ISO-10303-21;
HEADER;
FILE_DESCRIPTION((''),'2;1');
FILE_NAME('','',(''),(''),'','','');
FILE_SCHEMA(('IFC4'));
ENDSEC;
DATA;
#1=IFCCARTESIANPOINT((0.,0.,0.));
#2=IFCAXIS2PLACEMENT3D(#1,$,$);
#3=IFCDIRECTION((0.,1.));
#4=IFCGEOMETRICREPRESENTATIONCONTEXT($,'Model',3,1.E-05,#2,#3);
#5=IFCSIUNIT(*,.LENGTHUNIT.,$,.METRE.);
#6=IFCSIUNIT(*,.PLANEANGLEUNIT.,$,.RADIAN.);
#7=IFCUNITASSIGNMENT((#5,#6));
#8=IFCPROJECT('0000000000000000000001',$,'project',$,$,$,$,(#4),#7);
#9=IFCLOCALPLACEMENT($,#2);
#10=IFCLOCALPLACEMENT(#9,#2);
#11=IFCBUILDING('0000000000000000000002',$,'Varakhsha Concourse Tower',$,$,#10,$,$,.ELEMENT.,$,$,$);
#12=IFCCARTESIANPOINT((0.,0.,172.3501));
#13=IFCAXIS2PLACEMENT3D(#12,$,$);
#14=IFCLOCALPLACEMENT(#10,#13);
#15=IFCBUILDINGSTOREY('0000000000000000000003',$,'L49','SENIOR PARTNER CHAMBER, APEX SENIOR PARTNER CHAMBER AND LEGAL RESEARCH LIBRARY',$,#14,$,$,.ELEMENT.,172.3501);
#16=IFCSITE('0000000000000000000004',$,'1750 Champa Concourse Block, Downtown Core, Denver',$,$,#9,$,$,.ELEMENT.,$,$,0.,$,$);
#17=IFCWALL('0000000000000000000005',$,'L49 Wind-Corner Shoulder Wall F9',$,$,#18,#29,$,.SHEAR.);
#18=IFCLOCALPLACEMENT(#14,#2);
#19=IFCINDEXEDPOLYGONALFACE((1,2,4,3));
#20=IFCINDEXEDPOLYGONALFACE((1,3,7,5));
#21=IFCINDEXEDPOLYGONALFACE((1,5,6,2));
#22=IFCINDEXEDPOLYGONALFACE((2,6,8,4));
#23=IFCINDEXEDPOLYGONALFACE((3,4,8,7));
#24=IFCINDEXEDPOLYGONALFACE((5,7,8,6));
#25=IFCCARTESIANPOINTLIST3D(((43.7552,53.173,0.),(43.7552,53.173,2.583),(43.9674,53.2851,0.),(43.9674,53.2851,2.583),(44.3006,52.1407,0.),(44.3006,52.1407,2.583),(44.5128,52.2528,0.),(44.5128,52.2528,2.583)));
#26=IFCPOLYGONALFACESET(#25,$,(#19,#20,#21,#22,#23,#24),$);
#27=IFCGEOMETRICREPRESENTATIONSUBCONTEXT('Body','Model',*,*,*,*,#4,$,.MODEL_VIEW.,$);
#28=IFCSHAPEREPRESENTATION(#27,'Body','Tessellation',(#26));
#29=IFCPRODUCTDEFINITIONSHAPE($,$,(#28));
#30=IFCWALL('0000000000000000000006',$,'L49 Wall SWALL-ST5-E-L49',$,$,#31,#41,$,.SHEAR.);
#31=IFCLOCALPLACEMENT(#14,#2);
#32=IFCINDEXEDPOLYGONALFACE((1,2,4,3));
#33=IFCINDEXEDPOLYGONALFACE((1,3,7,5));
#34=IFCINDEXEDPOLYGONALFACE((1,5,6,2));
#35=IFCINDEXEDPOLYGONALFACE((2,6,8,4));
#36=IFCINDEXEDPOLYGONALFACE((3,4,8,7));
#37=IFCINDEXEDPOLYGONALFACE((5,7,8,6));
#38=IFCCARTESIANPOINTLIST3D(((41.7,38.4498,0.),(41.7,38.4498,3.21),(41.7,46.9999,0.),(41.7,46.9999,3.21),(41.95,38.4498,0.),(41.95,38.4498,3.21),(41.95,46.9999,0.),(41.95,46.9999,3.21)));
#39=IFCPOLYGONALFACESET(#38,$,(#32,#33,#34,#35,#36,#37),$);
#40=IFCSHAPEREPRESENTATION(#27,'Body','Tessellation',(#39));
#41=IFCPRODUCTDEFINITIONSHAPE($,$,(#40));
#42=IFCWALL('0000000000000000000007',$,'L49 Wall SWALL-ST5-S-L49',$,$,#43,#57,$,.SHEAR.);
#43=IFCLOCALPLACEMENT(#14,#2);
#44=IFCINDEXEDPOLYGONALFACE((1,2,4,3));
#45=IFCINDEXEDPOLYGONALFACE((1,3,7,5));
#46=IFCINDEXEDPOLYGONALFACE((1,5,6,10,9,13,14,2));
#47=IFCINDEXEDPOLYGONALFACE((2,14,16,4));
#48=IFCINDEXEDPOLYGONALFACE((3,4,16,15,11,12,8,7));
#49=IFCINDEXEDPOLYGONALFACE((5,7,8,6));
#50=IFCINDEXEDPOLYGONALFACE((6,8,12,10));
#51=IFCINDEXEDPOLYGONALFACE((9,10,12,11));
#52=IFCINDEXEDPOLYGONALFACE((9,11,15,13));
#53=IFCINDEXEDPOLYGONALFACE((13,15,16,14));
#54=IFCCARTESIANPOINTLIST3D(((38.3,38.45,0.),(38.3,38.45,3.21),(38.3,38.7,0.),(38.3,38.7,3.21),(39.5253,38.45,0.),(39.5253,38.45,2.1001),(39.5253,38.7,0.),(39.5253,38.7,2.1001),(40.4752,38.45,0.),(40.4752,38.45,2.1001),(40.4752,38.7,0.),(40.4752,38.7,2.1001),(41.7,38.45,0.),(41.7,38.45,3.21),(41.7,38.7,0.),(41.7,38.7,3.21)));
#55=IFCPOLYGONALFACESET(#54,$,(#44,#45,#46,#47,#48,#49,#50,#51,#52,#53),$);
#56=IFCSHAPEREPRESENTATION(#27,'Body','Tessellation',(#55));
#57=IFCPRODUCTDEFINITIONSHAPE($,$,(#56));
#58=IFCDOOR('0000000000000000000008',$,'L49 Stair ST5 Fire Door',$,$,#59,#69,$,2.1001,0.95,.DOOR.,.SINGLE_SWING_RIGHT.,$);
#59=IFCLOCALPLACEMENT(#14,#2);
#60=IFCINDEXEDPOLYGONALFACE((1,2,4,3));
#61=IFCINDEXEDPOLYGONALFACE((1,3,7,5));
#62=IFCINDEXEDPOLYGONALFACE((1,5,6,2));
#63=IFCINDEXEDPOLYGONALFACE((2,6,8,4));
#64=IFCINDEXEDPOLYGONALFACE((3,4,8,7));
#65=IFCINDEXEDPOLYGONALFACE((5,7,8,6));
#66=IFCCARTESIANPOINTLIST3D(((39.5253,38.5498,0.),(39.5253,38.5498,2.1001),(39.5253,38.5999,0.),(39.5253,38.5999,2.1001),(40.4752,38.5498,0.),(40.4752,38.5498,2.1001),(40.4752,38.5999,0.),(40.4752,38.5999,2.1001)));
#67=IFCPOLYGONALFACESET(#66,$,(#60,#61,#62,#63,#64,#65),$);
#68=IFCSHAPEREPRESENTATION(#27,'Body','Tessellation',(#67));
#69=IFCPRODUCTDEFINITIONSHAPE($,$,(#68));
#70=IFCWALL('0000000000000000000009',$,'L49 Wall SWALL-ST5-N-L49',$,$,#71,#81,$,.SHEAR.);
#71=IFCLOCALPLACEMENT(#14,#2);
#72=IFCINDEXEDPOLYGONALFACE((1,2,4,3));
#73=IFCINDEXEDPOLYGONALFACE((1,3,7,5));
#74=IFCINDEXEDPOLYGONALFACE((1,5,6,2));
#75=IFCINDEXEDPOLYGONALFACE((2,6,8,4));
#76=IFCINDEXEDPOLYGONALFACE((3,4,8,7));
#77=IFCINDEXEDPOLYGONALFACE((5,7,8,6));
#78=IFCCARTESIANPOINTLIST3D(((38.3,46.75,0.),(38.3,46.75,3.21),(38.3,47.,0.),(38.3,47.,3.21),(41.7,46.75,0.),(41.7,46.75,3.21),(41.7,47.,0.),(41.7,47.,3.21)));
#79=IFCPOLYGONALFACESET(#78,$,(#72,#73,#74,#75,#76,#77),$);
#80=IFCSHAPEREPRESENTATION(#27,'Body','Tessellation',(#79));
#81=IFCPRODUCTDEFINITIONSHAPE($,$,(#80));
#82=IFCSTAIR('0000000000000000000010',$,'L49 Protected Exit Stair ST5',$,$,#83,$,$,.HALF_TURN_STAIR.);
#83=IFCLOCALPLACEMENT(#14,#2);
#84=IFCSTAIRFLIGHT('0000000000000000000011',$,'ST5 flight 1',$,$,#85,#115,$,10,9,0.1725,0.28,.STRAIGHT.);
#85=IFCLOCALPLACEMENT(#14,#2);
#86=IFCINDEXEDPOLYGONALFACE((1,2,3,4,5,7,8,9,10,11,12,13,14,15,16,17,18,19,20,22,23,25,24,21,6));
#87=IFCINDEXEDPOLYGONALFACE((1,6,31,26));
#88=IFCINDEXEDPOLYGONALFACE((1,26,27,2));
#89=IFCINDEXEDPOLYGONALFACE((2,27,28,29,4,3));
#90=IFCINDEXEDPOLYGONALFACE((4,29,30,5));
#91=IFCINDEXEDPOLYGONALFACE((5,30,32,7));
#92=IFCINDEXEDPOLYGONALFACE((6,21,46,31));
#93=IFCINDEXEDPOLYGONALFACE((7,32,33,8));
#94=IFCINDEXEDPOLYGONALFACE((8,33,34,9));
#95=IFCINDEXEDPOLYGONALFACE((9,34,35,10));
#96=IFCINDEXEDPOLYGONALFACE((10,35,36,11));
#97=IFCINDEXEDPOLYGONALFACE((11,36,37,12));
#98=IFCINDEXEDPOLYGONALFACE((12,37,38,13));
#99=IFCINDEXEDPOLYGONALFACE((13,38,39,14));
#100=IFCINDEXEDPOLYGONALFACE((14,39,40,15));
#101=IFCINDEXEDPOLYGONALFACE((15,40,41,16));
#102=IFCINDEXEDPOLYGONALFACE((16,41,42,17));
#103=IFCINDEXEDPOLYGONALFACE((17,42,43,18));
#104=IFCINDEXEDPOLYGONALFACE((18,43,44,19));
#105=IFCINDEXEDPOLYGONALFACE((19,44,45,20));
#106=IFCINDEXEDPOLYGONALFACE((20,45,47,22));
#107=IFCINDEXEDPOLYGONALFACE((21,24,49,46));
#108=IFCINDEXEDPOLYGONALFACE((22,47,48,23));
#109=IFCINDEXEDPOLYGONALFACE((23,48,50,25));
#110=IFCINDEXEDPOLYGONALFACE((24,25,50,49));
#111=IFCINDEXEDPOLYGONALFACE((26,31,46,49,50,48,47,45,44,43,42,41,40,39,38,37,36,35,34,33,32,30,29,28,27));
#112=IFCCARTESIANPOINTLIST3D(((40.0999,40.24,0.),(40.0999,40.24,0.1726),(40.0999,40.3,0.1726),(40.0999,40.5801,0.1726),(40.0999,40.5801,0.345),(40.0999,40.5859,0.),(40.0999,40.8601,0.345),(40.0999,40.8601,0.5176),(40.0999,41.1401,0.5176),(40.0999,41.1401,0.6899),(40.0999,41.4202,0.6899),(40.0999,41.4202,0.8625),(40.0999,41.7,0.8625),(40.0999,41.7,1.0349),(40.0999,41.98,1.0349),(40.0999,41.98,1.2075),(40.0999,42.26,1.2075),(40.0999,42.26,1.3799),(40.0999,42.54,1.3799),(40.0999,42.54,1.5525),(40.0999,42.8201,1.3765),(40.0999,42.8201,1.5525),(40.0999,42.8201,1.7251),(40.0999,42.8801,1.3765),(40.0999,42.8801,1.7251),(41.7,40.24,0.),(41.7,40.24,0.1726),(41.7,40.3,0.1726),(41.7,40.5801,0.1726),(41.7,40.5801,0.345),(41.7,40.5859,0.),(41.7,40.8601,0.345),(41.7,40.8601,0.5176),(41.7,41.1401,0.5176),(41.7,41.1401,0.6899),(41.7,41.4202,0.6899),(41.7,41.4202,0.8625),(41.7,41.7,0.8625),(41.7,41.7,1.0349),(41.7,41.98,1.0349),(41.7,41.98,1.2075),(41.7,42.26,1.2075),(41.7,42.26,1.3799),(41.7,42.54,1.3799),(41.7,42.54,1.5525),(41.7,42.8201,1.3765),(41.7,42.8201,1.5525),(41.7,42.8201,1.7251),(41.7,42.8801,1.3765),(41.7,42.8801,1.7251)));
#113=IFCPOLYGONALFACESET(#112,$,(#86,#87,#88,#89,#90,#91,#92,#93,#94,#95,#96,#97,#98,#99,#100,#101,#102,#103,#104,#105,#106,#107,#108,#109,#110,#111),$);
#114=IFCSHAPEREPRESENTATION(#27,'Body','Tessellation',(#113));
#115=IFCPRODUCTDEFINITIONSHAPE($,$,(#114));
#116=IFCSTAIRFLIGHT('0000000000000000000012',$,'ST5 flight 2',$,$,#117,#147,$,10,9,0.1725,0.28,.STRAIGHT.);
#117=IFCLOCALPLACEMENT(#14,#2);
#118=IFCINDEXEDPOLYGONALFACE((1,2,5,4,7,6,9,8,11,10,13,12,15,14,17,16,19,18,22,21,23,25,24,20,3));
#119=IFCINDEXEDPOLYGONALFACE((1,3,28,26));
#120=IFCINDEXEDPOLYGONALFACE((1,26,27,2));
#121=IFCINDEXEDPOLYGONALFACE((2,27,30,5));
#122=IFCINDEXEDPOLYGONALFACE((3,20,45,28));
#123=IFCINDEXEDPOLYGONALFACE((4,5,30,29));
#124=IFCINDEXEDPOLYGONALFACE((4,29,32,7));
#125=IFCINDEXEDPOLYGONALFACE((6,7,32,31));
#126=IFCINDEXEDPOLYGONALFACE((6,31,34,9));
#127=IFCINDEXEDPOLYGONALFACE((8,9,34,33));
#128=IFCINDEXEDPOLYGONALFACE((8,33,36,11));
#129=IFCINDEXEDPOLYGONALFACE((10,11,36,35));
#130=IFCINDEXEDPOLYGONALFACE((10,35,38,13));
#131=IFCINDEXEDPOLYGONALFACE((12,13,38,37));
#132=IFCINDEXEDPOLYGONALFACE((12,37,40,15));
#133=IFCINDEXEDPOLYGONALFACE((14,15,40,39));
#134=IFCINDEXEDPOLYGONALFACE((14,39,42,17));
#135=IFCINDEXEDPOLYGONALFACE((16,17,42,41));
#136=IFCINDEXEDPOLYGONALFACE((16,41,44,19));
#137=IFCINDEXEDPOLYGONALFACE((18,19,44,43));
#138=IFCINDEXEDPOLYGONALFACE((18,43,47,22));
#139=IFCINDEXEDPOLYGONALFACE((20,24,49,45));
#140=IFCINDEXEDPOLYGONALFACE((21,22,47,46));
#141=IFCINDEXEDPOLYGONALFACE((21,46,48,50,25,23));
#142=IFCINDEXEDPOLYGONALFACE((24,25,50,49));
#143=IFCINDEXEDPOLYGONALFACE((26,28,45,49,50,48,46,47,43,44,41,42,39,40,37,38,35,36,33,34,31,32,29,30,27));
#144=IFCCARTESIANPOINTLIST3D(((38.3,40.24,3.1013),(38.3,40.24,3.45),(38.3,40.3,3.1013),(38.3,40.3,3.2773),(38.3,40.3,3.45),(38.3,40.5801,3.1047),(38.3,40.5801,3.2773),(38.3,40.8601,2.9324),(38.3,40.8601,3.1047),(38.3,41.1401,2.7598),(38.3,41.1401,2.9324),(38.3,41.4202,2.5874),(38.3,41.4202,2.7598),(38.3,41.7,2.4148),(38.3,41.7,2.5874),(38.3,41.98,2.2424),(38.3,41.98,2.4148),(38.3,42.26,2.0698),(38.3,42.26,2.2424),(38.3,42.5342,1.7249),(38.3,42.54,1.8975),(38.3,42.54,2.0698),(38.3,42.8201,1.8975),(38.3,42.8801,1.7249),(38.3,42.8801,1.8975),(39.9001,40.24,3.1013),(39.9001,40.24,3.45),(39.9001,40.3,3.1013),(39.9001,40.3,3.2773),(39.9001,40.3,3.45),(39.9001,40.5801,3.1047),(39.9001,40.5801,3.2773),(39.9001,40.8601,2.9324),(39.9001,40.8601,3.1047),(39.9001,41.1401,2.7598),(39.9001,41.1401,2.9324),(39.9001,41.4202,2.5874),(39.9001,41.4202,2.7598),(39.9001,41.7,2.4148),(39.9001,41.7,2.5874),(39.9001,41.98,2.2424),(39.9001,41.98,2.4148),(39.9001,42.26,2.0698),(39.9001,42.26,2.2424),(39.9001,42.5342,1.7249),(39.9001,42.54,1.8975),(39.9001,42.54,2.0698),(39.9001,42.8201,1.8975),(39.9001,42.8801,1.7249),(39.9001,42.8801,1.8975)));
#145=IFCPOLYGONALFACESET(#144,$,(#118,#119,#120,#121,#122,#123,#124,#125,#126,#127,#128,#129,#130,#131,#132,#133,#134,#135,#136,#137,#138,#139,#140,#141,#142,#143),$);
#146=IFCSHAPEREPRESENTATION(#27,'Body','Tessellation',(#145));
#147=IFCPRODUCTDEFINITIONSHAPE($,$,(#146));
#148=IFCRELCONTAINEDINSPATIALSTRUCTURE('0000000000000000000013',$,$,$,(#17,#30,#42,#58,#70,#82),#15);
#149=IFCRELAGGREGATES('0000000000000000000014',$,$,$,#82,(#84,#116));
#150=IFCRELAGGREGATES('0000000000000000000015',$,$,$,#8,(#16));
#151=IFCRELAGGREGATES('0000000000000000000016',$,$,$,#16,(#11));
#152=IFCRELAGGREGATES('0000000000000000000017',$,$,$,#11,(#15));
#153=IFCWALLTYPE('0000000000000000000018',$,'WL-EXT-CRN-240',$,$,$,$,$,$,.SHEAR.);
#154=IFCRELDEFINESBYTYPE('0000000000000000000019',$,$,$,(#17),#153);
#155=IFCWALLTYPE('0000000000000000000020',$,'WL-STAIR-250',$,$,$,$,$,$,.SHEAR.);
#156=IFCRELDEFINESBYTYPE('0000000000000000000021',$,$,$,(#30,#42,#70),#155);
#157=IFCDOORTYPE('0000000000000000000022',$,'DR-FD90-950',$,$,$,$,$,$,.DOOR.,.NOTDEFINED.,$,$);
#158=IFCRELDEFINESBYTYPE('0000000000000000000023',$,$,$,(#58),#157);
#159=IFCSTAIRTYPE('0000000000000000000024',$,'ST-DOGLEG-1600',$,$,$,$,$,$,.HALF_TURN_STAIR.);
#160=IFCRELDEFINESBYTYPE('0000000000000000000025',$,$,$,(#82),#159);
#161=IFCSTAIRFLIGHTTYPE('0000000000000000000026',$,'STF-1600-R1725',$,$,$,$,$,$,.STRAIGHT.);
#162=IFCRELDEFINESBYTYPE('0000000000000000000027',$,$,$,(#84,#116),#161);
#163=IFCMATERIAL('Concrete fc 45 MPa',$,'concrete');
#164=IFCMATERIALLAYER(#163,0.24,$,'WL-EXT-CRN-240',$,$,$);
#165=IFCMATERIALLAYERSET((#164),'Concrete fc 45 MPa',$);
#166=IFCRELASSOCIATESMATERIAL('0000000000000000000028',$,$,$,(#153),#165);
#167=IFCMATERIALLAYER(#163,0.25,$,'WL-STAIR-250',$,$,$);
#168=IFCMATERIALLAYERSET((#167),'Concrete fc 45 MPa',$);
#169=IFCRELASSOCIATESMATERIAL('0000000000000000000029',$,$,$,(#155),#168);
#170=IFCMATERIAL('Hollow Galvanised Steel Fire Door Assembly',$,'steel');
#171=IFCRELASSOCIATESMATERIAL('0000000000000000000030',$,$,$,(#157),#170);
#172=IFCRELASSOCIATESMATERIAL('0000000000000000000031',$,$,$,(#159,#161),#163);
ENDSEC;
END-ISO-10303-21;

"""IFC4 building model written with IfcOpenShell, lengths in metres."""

from ifc_helpers import new_model, si_unit, direction, frame, frame_2d, origin, place, context, subcontext, project, spatial, polyline, rectangle, outline, extrude, material, layer, layer_set, type_object, element, fill, aggregate, save


model = new_model("IFC4")

# Units and contexts
model_context = context("Model", 3, precision=1e-05, world=origin(), true_north=direction((0.0, 1.0)))
body_context = subcontext(model_context, "Body", "Model", "MODEL_VIEW")
ifc_project = project(units=[si_unit("LENGTHUNIT", "METRE"), si_unit("PLANEANGLEUNIT", "RADIAN")], contexts=[model_context])

# Site, building, storey
site_placement = place(None, origin())
site = spatial("IfcSite", under=ifc_project, at=site_placement, Name="1750 Champa Concourse Block, Downtown Core, Denver", CompositionType="ELEMENT", RefElevation=0.0)
building_placement = place(site_placement, origin())
building = spatial("IfcBuilding", under=site, at=building_placement, Name="Varakhsha Concourse Tower", CompositionType="ELEMENT")
storey_placement = place(building_placement, frame((0.0, 0.0, 172.3501)))
storey = spatial("IfcBuildingStorey", under=building, at=storey_placement, Name="L49", Description="SENIOR PARTNER CHAMBER, APEX SENIOR PARTNER CHAMBER AND LEGAL RESEARCH LIBRARY", CompositionType="ELEMENT", Elevation=172.3501)

# Walls
ifc_material_1 = material(Name="Concrete fc 45 MPa", Category="concrete")
ifc_layer_1 = layer(ifc_material_1, 0.24, Name="WL-EXT-CRN-240")
ifc_layer_set_1 = layer_set([ifc_layer_1], Name="Concrete fc 45 MPa")
wall_type_1 = type_object("IfcWallType", Name="WL-EXT-CRN-240", PredefinedType="SHEAR", material=ifc_layer_set_1)
wall_1_placement = place(storey_placement, frame((44.4067, 52.1968, 0.0), z_axis=(0.0, 0.0, 1.0), x_axis=(-0.467177, 0.884164, 0.0)))
element("IfcWall", 1, at=wall_1_placement, inside=storey, type_object=wall_type_1, Name="L49 Wind-Corner Shoulder Wall F9", PredefinedType="SHEAR", context=body_context, shape_type="SweptSolid", body=[
    extrude(rectangle(XDim=1.1675, YDim=0.24, at=frame_2d((0.5837, 0.0))), origin(), (0.0, 0.0, 1.0), 2.583),
])
ifc_layer_2 = layer(ifc_material_1, 0.25, Name="WL-STAIR-250")
ifc_layer_set_2 = layer_set([ifc_layer_2], Name="Concrete fc 45 MPa")
wall_type_2 = type_object("IfcWallType", Name="WL-STAIR-250", PredefinedType="SHEAR", material=ifc_layer_set_2)
wall_2_placement = place(storey_placement, frame((41.825, 38.45, 0.0), z_axis=(0.0, 0.0, 1.0), x_axis=(0.0, 1.0, 0.0)))
element("IfcWall", 2, at=wall_2_placement, inside=storey, type_object=wall_type_2, Name="L49 Wall SWALL-ST5-E-L49", PredefinedType="SHEAR", context=body_context, shape_type="SweptSolid", body=[
    extrude(rectangle(XDim=8.55, YDim=0.25, at=frame_2d((4.2749, 0.0))), origin(), (0.0, 0.0, 1.0), 3.21),
])

# Wall, opening, door
wall_3_placement = place(storey_placement, frame((38.3, 38.575, 0.0), z_axis=(0.0, 0.0, 1.0), x_axis=(1.0, 0.0, 0.0)))
wall_3 = element("IfcWall", 3, at=wall_3_placement, inside=storey, type_object=wall_type_2, Name="L49 Wall SWALL-ST5-S-L49", PredefinedType="SHEAR", context=body_context, shape_type="SweptSolid", body=[
    extrude(rectangle(XDim=3.3999, YDim=0.25, at=frame_2d((1.7, 0.0))), origin(), (0.0, 0.0, 1.0), 3.21),
])
opening_placement = place(wall_3_placement, frame((1.2251, 0.0, 0.0)))
opening = element("IfcOpeningElement", 4, at=opening_placement, cuts=wall_3, PredefinedType="OPENING", context=body_context, shape_type="SweptSolid", body=[
    extrude(rectangle(XDim=0.95, YDim=2.1001, at=frame_2d((0.4751, 1.05))), frame((0.0, 0.135, 0.0), z_axis=(0.0, -1.0, 0.0), x_axis=(1.0, 0.0, 0.0)), (0.0, 0.0, 1.0), 0.27),
])
ifc_material_2 = material(Name="Hollow Galvanised Steel Fire Door Assembly", Category="steel")
door_type = type_object("IfcDoorType", Name="DR-FD90-950", OperationType="NOTDEFINED", PredefinedType="DOOR", material=ifc_material_2)
door_placement = place(opening_placement, origin())
door = element("IfcDoor", 5, at=door_placement, inside=storey, type_object=door_type, Name="L49 Stair ST5 Fire Door", OperationType="SINGLE_SWING_RIGHT", OverallHeight=2.1001, OverallWidth=0.95, PredefinedType="DOOR", context=body_context, shape_type="SweptSolid", body=[
    extrude(rectangle(XDim=0.95, YDim=2.1001, at=frame_2d((0.4751, 1.05))), frame((0.0, 0.0249, 0.0), z_axis=(0.0, -1.0, 0.0), x_axis=(1.0, 0.0, 0.0)), (0.0, 0.0, 1.0), 0.05),
])
fill(opening, door)

# Wall
wall_4_placement = place(storey_placement, frame((38.3, 46.875, 0.0), z_axis=(0.0, 0.0, 1.0), x_axis=(1.0, 0.0, 0.0)))
element("IfcWall", 6, at=wall_4_placement, inside=storey, type_object=wall_type_2, Name="L49 Wall SWALL-ST5-N-L49", PredefinedType="SHEAR", context=body_context, shape_type="SweptSolid", body=[
    extrude(rectangle(XDim=3.3999, YDim=0.25, at=frame_2d((1.7, 0.0))), origin(), (0.0, 0.0, 1.0), 3.21),
])

# Stair, stair flights
stair_type = type_object("IfcStairType", Name="ST-DOGLEG-1600", PredefinedType="HALF_TURN_STAIR", material=ifc_material_1)
stair_placement = place(storey_placement, origin())
stair = element("IfcStair", 7, at=stair_placement, inside=storey, type_object=stair_type, Name="L49 Protected Exit Stair ST5", PredefinedType="HALF_TURN_STAIR")
stair_flight_type = type_object("IfcStairFlightType", Name="STF-1600-R1725", PredefinedType="STRAIGHT", material=ifc_material_1)
stair_flight_1_placement = place(storey_placement, frame((40.8999, 40.3, 0.0), z_axis=(0.0, 0.0, 1.0), x_axis=(0.0, 1.0, 0.0)))
stair_flight_1 = element("IfcStairFlight", 8, at=stair_flight_1_placement, type_object=stair_flight_type, Name="ST5 flight 1", NumberOfRisers=10, NumberOfTreads=9, PredefinedType="STRAIGHT", RiserHeight=0.1725, TreadLength=0.28, context=body_context, shape_type="SweptSolid", body=[
    extrude(outline(polyline([(-0.0601, 0.0), (-0.0601, 0.1726), (0.0, 0.1726), (0.28, 0.1726), (0.28, 0.345), (0.5601, 0.345), (0.5601, 0.5176), (0.8401, 0.5176), (0.8401, 0.6899), (1.1201, 0.6899), (1.1201, 0.8625), (1.3999, 0.8625), (1.3999, 1.0349), (1.6799, 1.0349), (1.6799, 1.2075), (1.96, 1.2075), (1.96, 1.3799), (2.24, 1.3799), (2.24, 1.5525), (2.52, 1.5525), (2.52, 1.7251), (2.5801, 1.7251), (2.5801, 1.3765), (2.52, 1.3765), (0.2859, 0.0), (-0.0601, 0.0)])), frame((0.0, 0.8, 0.0), z_axis=(0.0, -1.0, 0.0), x_axis=(1.0, 0.0, 0.0)), (0.0, 0.0, 1.0), 1.6001),
])
stair_flight_2_placement = place(storey_placement, frame((39.1001, 42.8201, 1.7249), z_axis=(0.0, 0.0, 1.0), x_axis=(0.0, -1.0, 0.0)))
stair_flight_2 = element("IfcStairFlight", 9, at=stair_flight_2_placement, type_object=stair_flight_type, Name="ST5 flight 2", NumberOfRisers=10, NumberOfTreads=9, PredefinedType="STRAIGHT", RiserHeight=0.1725, TreadLength=0.28, context=body_context, shape_type="SweptSolid", body=[
    extrude(outline(polyline([(-0.0601, 0.0), (-0.0601, 0.1726), (0.0, 0.1726), (0.28, 0.1726), (0.28, 0.345), (0.5601, 0.345), (0.5601, 0.5176), (0.8401, 0.5176), (0.8401, 0.6899), (1.1201, 0.6899), (1.1201, 0.8625), (1.3999, 0.8625), (1.3999, 1.0349), (1.6799, 1.0349), (1.6799, 1.2075), (1.96, 1.2075), (1.96, 1.3799), (2.24, 1.3799), (2.24, 1.5525), (2.52, 1.5525), (2.52, 1.7251), (2.5801, 1.7251), (2.5801, 1.3765), (2.52, 1.3765), (0.2859, 0.0), (-0.0601, 0.0)])), frame((0.0, 0.8, 0.0), z_axis=(0.0, -1.0, 0.0), x_axis=(1.0, 0.0, 0.0)), (0.0, 0.0, 1.0), 1.6001),
])
aggregate(stair, [stair_flight_1, stair_flight_2])

save(model, "model.ifc")
